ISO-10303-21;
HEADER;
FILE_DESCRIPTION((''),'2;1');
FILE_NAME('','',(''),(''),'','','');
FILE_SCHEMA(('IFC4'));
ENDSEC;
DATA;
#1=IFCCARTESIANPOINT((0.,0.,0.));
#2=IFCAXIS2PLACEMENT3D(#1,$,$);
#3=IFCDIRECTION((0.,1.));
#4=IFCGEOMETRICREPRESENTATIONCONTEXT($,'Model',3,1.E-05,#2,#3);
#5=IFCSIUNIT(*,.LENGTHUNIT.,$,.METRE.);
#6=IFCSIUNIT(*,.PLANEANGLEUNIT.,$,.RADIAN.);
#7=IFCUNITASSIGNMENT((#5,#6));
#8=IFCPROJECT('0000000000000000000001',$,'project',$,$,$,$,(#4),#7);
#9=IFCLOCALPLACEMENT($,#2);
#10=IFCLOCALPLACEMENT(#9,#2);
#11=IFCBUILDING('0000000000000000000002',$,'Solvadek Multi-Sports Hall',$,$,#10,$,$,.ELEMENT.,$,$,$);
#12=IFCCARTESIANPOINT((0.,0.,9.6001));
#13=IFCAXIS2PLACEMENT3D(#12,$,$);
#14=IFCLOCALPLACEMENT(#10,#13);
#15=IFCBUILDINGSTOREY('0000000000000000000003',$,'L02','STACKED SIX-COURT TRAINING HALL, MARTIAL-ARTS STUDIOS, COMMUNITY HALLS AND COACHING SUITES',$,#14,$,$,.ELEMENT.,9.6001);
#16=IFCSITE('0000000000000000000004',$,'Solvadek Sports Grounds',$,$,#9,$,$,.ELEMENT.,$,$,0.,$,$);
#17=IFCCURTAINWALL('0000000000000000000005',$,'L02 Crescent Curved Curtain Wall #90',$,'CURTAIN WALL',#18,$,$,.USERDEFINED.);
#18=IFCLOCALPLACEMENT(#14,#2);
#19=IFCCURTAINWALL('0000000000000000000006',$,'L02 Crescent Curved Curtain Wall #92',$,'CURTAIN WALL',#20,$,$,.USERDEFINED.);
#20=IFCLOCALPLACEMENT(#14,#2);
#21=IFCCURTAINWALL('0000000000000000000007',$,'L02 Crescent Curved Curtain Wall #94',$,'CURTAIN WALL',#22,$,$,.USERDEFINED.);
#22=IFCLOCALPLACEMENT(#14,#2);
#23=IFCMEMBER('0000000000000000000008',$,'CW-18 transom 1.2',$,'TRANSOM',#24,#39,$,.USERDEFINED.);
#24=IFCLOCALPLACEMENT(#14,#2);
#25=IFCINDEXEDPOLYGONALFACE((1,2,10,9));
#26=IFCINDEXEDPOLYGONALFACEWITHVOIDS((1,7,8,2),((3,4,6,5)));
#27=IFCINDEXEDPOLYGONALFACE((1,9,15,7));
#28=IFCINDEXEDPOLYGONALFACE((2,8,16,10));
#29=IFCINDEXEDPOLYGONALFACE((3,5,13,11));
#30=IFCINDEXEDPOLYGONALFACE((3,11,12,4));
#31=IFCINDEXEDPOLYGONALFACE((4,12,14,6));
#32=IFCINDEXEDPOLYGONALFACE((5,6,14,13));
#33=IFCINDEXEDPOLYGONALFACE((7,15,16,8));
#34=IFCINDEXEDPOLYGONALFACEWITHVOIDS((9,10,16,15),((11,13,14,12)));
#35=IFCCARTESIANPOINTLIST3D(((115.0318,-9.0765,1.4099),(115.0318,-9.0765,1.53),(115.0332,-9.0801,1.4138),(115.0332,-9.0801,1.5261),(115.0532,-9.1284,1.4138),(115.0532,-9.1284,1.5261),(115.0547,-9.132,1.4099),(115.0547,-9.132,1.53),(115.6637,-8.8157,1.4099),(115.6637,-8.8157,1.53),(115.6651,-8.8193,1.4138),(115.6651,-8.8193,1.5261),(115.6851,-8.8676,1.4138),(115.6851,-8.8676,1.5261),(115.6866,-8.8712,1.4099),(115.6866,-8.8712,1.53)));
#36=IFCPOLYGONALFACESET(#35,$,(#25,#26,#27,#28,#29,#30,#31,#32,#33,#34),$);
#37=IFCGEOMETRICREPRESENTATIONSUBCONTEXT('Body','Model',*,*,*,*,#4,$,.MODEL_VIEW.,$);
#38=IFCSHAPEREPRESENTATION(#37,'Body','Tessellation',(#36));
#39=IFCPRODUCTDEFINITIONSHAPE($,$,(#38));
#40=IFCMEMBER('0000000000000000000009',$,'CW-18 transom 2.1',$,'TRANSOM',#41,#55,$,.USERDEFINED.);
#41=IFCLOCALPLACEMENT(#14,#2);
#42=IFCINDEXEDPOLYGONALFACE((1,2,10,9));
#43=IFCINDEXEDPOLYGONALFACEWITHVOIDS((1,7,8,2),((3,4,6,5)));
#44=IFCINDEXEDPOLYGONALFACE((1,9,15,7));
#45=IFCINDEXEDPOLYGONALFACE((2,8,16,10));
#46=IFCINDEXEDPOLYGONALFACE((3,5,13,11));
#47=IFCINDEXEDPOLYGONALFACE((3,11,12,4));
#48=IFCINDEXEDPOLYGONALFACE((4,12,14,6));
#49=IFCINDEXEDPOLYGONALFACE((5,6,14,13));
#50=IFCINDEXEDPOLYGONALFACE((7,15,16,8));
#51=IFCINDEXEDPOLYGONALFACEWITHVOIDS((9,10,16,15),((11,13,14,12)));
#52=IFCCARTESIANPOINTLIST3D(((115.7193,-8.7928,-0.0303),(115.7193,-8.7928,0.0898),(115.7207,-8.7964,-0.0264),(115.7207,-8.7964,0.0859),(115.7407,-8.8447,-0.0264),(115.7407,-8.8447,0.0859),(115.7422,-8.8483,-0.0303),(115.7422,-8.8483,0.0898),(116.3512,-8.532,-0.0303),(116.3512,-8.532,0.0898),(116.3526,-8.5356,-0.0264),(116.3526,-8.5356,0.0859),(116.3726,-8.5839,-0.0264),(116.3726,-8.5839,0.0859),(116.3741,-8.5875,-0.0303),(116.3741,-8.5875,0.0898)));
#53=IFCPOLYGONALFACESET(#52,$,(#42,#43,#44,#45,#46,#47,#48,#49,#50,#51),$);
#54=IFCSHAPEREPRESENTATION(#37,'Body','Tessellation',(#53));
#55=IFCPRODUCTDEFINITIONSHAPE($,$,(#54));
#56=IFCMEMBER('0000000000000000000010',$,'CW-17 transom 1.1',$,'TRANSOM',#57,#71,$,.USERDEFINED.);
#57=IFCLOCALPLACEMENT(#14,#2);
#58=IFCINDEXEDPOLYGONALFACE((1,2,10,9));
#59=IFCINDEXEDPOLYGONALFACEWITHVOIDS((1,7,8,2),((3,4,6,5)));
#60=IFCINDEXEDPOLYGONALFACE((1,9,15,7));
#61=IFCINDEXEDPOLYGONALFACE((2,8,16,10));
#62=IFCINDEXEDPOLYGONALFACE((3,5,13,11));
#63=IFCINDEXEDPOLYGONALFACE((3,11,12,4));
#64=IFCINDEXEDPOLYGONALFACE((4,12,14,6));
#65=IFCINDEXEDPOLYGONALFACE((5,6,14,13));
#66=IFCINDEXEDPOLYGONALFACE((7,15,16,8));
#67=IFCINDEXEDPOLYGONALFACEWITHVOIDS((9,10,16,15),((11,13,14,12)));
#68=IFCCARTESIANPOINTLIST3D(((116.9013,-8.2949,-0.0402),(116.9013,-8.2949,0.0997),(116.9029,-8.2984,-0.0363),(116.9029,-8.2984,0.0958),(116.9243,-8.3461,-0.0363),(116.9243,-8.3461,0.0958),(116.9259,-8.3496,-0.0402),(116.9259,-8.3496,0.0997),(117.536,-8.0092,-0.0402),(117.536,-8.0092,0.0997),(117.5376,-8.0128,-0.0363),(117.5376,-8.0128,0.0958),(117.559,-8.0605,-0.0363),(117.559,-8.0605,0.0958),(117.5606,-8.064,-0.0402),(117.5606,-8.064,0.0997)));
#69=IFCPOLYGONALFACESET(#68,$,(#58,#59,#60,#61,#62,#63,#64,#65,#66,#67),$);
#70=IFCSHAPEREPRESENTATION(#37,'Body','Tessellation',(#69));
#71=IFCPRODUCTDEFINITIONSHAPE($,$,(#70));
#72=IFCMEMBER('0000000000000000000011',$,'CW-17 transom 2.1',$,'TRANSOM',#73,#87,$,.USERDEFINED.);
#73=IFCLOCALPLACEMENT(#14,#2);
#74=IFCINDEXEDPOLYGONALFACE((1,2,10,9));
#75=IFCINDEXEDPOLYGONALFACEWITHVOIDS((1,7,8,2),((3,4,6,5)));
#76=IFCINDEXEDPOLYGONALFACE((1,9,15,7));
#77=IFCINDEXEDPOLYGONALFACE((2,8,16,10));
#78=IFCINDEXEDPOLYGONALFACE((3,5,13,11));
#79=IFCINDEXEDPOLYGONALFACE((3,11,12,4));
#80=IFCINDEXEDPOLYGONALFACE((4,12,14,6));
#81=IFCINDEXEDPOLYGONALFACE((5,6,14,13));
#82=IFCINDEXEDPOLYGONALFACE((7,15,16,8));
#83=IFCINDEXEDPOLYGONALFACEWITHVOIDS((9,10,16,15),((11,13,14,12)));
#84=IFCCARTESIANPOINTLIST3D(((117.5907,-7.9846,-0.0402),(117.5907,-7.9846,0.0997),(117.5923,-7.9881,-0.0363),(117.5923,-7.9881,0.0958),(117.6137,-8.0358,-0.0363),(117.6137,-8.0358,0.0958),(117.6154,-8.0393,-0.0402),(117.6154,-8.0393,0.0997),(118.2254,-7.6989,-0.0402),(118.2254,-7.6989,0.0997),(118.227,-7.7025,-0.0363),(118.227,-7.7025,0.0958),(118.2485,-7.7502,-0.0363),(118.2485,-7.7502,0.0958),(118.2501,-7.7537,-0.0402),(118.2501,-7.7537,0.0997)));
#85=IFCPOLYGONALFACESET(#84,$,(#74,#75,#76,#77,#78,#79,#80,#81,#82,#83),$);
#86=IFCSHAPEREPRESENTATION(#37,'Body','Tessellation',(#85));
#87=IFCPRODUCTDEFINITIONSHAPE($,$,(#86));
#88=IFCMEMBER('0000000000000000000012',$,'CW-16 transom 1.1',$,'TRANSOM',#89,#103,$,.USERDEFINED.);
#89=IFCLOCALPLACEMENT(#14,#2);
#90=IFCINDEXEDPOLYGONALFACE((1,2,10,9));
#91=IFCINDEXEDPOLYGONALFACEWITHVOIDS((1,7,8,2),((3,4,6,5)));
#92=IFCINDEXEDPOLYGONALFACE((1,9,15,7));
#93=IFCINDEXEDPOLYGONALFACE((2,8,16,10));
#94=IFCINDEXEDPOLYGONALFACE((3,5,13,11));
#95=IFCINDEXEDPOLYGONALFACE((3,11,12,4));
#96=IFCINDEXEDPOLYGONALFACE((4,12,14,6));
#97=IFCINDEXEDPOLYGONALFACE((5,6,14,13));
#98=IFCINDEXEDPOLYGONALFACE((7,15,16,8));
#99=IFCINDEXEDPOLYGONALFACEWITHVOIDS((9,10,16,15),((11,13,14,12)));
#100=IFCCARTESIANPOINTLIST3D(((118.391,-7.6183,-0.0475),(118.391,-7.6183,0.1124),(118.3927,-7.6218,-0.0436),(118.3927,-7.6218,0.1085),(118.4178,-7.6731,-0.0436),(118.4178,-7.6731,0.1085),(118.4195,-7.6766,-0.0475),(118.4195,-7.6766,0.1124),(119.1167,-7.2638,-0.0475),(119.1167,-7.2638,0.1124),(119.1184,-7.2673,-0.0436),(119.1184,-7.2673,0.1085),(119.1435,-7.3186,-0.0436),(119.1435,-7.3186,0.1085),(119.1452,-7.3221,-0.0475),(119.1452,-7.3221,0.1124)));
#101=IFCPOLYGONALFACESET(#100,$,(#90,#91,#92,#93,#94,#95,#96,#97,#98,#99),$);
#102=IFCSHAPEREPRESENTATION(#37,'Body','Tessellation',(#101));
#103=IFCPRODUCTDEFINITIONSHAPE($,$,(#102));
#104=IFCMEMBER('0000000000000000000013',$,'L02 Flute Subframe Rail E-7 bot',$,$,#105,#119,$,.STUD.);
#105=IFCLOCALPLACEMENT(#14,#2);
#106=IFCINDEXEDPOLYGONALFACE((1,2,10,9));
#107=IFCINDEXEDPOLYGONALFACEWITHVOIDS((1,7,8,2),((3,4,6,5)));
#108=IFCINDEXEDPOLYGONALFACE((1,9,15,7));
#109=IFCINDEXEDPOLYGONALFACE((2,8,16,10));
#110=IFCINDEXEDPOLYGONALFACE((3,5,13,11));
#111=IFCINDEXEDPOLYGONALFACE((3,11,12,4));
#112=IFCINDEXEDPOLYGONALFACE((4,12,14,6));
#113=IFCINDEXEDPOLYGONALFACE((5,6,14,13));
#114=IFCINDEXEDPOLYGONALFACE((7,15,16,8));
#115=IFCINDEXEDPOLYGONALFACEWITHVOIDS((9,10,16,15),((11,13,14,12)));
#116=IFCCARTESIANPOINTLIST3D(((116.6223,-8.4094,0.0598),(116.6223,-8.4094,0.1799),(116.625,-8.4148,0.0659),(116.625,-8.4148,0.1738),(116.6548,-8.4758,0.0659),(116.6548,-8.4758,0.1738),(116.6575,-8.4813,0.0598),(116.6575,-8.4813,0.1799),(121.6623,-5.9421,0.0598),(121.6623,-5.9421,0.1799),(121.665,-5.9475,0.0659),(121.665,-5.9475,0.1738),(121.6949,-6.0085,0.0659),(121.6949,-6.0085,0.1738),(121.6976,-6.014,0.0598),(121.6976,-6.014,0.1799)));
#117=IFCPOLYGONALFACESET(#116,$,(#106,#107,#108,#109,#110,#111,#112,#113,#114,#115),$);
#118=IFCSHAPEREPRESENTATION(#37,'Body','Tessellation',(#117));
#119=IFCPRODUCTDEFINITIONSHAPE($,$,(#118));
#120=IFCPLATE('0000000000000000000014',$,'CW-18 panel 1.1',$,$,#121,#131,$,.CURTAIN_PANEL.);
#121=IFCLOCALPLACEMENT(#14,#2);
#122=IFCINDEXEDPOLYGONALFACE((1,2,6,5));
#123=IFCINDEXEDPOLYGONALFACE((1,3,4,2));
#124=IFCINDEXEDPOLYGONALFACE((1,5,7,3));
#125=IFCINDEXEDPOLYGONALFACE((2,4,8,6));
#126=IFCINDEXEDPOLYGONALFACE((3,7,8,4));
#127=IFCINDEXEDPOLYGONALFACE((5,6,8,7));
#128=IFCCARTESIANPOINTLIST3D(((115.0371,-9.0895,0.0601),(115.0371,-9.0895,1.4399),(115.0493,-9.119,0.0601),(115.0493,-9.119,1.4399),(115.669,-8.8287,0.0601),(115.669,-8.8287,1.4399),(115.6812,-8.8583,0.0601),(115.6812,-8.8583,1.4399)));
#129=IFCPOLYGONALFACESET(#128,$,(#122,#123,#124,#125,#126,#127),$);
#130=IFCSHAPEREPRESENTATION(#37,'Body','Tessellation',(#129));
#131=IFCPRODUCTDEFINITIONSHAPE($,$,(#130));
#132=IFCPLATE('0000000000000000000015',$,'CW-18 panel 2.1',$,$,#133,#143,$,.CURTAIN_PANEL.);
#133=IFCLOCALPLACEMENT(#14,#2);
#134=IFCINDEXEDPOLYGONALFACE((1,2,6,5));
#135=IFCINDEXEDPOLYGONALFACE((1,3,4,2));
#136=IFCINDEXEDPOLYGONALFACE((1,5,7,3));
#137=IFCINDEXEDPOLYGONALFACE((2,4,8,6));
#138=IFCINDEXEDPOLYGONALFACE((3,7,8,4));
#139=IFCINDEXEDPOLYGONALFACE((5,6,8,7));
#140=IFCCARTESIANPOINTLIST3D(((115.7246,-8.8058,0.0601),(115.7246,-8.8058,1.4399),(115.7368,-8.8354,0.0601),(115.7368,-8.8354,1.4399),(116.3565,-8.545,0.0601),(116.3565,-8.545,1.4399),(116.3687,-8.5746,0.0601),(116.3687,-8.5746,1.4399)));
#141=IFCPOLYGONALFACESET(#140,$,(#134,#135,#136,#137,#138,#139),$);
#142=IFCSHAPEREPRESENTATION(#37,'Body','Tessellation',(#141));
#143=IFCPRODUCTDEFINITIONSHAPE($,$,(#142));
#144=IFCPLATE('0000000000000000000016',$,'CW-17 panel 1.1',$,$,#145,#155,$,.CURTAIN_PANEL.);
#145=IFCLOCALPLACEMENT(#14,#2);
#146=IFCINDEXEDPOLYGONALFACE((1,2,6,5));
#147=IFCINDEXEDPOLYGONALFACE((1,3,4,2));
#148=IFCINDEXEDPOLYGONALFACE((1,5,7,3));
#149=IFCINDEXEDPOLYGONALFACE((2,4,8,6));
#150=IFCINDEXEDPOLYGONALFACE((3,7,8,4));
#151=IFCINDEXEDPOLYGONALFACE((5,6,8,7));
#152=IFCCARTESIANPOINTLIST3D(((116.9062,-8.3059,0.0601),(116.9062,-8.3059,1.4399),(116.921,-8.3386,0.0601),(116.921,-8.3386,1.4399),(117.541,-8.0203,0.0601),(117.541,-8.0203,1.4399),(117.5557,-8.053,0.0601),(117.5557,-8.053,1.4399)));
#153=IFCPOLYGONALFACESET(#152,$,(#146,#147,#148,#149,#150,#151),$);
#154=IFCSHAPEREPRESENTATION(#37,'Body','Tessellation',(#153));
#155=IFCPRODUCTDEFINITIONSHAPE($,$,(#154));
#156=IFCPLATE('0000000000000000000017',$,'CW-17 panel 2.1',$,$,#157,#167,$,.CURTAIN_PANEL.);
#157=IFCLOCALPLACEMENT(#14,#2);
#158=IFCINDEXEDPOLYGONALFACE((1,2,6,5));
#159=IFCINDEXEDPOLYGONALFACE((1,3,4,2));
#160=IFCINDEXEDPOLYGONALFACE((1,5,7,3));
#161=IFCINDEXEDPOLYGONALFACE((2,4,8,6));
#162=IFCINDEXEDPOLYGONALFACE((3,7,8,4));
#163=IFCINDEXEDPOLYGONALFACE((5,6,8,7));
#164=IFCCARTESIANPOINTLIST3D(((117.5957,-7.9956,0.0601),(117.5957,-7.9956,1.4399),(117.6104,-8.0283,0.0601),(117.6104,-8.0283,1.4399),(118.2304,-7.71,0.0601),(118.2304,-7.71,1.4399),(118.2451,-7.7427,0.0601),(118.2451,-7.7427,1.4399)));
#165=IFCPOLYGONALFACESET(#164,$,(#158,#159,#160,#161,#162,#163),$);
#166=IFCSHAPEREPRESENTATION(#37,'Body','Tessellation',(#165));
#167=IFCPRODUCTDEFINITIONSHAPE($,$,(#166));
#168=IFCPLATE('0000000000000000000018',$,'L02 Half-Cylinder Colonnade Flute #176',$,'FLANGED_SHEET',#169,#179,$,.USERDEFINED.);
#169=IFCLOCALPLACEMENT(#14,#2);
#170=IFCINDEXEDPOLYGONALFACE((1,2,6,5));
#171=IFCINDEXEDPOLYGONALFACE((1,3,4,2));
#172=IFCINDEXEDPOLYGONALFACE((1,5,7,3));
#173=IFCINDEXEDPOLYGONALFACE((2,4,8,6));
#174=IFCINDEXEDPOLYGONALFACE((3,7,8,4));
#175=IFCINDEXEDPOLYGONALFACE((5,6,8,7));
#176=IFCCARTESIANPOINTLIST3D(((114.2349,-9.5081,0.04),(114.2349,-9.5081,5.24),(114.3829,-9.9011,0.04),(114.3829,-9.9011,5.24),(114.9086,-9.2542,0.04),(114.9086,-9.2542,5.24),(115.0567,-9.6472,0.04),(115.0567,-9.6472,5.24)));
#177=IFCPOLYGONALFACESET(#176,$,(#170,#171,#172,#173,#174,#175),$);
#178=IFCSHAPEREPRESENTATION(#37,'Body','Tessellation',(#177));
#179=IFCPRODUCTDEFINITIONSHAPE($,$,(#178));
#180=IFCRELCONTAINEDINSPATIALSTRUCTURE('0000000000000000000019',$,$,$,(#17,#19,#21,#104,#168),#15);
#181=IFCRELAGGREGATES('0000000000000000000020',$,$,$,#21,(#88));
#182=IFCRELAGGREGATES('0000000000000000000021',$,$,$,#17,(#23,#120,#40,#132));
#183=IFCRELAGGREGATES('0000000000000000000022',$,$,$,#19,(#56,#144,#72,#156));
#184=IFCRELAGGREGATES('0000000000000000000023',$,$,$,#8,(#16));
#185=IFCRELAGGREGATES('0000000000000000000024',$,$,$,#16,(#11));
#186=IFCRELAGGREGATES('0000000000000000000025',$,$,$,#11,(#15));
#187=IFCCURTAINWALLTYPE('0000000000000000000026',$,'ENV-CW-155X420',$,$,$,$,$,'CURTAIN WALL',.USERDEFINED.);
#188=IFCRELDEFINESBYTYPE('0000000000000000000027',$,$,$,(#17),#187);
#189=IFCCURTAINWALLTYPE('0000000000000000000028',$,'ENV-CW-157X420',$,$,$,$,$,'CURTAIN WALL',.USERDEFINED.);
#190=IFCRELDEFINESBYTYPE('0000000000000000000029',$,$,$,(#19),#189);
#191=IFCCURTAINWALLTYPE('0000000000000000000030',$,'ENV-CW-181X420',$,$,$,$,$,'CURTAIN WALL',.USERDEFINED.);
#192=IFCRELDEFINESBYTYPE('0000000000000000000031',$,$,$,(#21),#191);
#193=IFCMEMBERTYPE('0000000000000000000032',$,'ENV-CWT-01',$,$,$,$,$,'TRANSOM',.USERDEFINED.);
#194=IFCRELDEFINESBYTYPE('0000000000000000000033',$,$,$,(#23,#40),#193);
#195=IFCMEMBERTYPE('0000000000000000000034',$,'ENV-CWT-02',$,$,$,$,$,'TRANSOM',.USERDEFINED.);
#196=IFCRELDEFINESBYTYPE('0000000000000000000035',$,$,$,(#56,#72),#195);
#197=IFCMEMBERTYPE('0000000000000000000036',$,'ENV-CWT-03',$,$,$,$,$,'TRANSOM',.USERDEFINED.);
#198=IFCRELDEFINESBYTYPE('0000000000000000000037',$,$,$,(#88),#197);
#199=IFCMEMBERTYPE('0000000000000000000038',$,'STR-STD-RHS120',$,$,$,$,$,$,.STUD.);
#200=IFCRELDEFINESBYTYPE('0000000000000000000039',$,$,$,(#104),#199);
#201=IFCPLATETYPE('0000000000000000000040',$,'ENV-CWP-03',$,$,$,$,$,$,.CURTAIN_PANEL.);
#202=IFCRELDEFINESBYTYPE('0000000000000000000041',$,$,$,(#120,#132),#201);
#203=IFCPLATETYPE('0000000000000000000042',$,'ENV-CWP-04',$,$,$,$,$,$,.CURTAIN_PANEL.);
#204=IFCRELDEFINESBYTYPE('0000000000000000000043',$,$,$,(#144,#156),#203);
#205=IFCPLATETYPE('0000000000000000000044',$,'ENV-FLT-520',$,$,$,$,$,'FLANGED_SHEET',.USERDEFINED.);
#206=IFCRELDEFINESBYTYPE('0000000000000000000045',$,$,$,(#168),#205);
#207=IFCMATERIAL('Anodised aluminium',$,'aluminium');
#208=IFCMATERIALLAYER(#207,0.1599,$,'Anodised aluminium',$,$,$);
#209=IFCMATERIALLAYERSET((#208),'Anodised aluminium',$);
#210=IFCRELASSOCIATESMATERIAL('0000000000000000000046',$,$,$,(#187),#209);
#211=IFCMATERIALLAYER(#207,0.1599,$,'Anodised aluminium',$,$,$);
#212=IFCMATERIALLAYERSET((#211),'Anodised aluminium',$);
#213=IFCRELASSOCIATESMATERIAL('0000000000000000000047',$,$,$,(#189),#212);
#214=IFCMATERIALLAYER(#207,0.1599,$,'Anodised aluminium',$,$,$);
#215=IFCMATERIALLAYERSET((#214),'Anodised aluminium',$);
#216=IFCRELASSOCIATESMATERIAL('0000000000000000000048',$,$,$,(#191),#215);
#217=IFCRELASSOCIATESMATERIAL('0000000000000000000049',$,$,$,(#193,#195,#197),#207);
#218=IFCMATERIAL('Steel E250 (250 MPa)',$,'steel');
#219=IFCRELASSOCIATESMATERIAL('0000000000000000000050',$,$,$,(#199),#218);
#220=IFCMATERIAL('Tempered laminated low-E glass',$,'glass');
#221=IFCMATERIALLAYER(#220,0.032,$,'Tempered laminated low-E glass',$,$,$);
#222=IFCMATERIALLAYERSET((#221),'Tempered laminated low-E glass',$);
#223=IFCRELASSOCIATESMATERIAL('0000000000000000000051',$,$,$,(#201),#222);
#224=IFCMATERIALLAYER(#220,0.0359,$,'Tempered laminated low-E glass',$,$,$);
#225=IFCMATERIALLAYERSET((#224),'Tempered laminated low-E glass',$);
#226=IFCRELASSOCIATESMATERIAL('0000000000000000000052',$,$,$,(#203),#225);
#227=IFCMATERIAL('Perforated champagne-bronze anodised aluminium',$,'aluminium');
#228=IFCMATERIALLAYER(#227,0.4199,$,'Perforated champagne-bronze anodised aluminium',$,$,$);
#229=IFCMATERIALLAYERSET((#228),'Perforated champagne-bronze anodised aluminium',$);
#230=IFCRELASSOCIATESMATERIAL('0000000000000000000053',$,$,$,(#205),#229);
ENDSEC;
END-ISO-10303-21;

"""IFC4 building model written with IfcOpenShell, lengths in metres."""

from ifc_helpers import new_model, si_unit, direction, frame, origin, origin_2d, place, context, subcontext, project, spatial, rectangle, hollow_rectangle, extrude, material, layer, layer_set, material_profile, profile_set, type_object, element, aggregate, save


model = new_model("IFC4")

# Units and contexts
model_context = context("Model", 3, precision=1e-05, world=origin(), true_north=direction((0.0, 1.0)))
body_context = subcontext(model_context, "Body", "Model", "MODEL_VIEW")
ifc_project = project(units=[si_unit("LENGTHUNIT", "METRE"), si_unit("PLANEANGLEUNIT", "RADIAN")], contexts=[model_context])

# Site, building, storey
site_placement = place(None, origin())
site = spatial("IfcSite", under=ifc_project, at=site_placement, Name="Solvadek Sports Grounds", CompositionType="ELEMENT", RefElevation=0.0)
building_placement = place(site_placement, origin())
building = spatial("IfcBuilding", under=site, at=building_placement, Name="Solvadek Multi-Sports Hall", CompositionType="ELEMENT")
storey_placement = place(building_placement, frame((0.0, 0.0, 9.6001)))
storey = spatial("IfcBuildingStorey", under=building, at=storey_placement, Name="L02", Description="STACKED SIX-COURT TRAINING HALL, MARTIAL-ARTS STUDIOS, COMMUNITY HALLS AND COACHING SUITES", CompositionType="ELEMENT", Elevation=9.6001)

# Curtain walls
ifc_material_1 = material(Name="Anodised aluminium", Category="aluminium")
ifc_layer_1 = layer(ifc_material_1, 0.1599, Name="Anodised aluminium")
ifc_layer_set_1 = layer_set([ifc_layer_1], Name="Anodised aluminium")
curtain_wall_type_1 = type_object("IfcCurtainWallType", Name="ENV-CW-155X420", ElementType="CURTAIN WALL", PredefinedType="USERDEFINED", material=ifc_layer_set_1)
curtain_wall_1_placement = place(storey_placement, origin())
curtain_wall_1 = element("IfcCurtainWall", 1, at=curtain_wall_1_placement, inside=storey, type_object=curtain_wall_type_1, Name="L02 Crescent Curved Curtain Wall #90", ObjectType="CURTAIN WALL", PredefinedType="USERDEFINED")
ifc_layer_2 = layer(ifc_material_1, 0.1599, Name="Anodised aluminium")
ifc_layer_set_2 = layer_set([ifc_layer_2], Name="Anodised aluminium")
curtain_wall_type_2 = type_object("IfcCurtainWallType", Name="ENV-CW-157X420", ElementType="CURTAIN WALL", PredefinedType="USERDEFINED", material=ifc_layer_set_2)
curtain_wall_2_placement = place(storey_placement, origin())
curtain_wall_2 = element("IfcCurtainWall", 2, at=curtain_wall_2_placement, inside=storey, type_object=curtain_wall_type_2, Name="L02 Crescent Curved Curtain Wall #92", ObjectType="CURTAIN WALL", PredefinedType="USERDEFINED")

# Curtain wall
ifc_layer_3 = layer(ifc_material_1, 0.1599, Name="Anodised aluminium")
ifc_layer_set_3 = layer_set([ifc_layer_3], Name="Anodised aluminium")
curtain_wall_type_3 = type_object("IfcCurtainWallType", Name="ENV-CW-181X420", ElementType="CURTAIN WALL", PredefinedType="USERDEFINED", material=ifc_layer_set_3)
curtain_wall_3_placement = place(storey_placement, origin())
curtain_wall_3 = element("IfcCurtainWall", 3, at=curtain_wall_3_placement, inside=storey, type_object=curtain_wall_type_3, Name="L02 Crescent Curved Curtain Wall #94", ObjectType="CURTAIN WALL", PredefinedType="USERDEFINED")

# Members
ifc_material_profile_1 = material_profile(ifc_material_1, hollow_rectangle(XDim=0.0601, YDim=0.1201, WallThickness=0.0039, at=origin_2d()), Name="ALU-T 120x60x4")
ifc_profile_set_1 = profile_set([ifc_material_profile_1], Name="Anodised aluminium")
member_type_1 = type_object("IfcMemberType", Name="ENV-CWT-01", ElementType="TRANSOM", PredefinedType="USERDEFINED", material=ifc_profile_set_1)
member_1_placement = place(storey_placement, frame((115.0432, -9.1042, 1.47), z_axis=(0.924382, 0.381468, 0.0), x_axis=(-0.381468, 0.924382, 0.0)))
member_1 = element("IfcMember", 4, at=member_1_placement, type_object=member_type_1, Name="CW-18 transom 1.2", ObjectType="TRANSOM", PredefinedType="USERDEFINED", context=body_context, shape_type="SweptSolid", body=[
    extrude(hollow_rectangle(XDim=0.0601, YDim=0.1201, WallThickness=0.0039, at=origin_2d()), origin(), (0.0, 0.0, 1.0), 0.6836),
])
member_2_placement = place(storey_placement, frame((115.7307, -8.8206, 0.0298), z_axis=(0.924382, 0.381468, 0.0), x_axis=(-0.381468, 0.924382, 0.0)))
member_2 = element("IfcMember", 5, at=member_2_placement, type_object=member_type_1, Name="CW-18 transom 2.1", ObjectType="TRANSOM", PredefinedType="USERDEFINED", context=body_context, shape_type="SweptSolid", body=[
    extrude(hollow_rectangle(XDim=0.0601, YDim=0.1201, WallThickness=0.0039, at=origin_2d()), origin(), (0.0, 0.0, 1.0), 0.6836),
])
ifc_material_profile_2 = material_profile(ifc_material_1, hollow_rectangle(XDim=0.0601, YDim=0.1399, WallThickness=0.0039, at=origin_2d()), Name="ALU-T 140x60x4")
ifc_profile_set_2 = profile_set([ifc_material_profile_2], Name="Anodised aluminium")
member_type_2 = type_object("IfcMemberType", Name="ENV-CWT-02", ElementType="TRANSOM", PredefinedType="USERDEFINED", material=ifc_profile_set_2)
member_3_placement = place(storey_placement, frame((116.9136, -8.3223, 0.0298), z_axis=(0.911922, 0.410365, 0.0), x_axis=(-0.410365, 0.911922, 0.0)))
member_3 = element("IfcMember", 6, at=member_3_placement, type_object=member_type_2, Name="CW-17 transom 1.1", ObjectType="TRANSOM", PredefinedType="USERDEFINED", context=body_context, shape_type="SweptSolid", body=[
    extrude(hollow_rectangle(XDim=0.0601, YDim=0.1399, WallThickness=0.0039, at=origin_2d()), origin(), (0.0, 0.0, 1.0), 0.696),
])
member_4_placement = place(storey_placement, frame((117.603, -8.012, 0.0298), z_axis=(0.911922, 0.410365, 0.0), x_axis=(-0.410365, 0.911922, 0.0)))
member_4 = element("IfcMember", 7, at=member_4_placement, type_object=member_type_2, Name="CW-17 transom 2.1", ObjectType="TRANSOM", PredefinedType="USERDEFINED", context=body_context, shape_type="SweptSolid", body=[
    extrude(hollow_rectangle(XDim=0.0601, YDim=0.1399, WallThickness=0.0039, at=origin_2d()), origin(), (0.0, 0.0, 1.0), 0.696),
])
ifc_material_profile_3 = material_profile(ifc_material_1, hollow_rectangle(XDim=0.0649, YDim=0.1599, WallThickness=0.0039, at=origin_2d()), Name="ALU-T 160x65x4")
ifc_profile_set_3 = profile_set([ifc_material_profile_3], Name="Anodised aluminium")
member_type_3 = type_object("IfcMemberType", Name="ENV-CWT-03", ElementType="TRANSOM", PredefinedType="USERDEFINED", material=ifc_profile_set_3)
member_5_placement = place(storey_placement, frame((118.4053, -7.6475, 0.0325), z_axis=(0.898501, 0.438972, 0.0), x_axis=(-0.438972, 0.898501, 0.0)))
member_5 = element("IfcMember", 8, at=member_5_placement, type_object=member_type_3, Name="CW-16 transom 1.1", ObjectType="TRANSOM", PredefinedType="USERDEFINED", context=body_context, shape_type="SweptSolid", body=[
    extrude(hollow_rectangle(XDim=0.0649, YDim=0.1599, WallThickness=0.0039, at=origin_2d()), origin(), (0.0, 0.0, 1.0), 0.8076),
])
aggregate(curtain_wall_3, [member_5])
ifc_material_2 = material(Name="Steel E250 (250 MPa)", Category="steel")
ifc_material_profile_4 = material_profile(ifc_material_2, hollow_rectangle(XDim=0.0801, YDim=0.1201, WallThickness=0.0061, at=origin_2d()), Name="RHS 120x80x6")
ifc_profile_set_4 = profile_set([ifc_material_profile_4], Name="Steel E250 (250 MPa)")
member_type_4 = type_object("IfcMemberType", Name="STR-STD-RHS120", PredefinedType="STUD", material=ifc_profile_set_4)
member_6_placement = place(storey_placement, frame((116.6399, -8.4453, 0.1199), z_axis=(0.898155, 0.43968, 0.0), x_axis=(-0.43968, 0.898155, 0.0)))
element("IfcMember", 9, at=member_6_placement, inside=storey, type_object=member_type_4, Name="L02 Flute Subframe Rail E-7 bot", PredefinedType="STUD", context=body_context, shape_type="SweptSolid", body=[
    extrude(hollow_rectangle(XDim=0.0801, YDim=0.1201, WallThickness=0.0061, at=origin_2d()), origin(), (0.0, 0.0, 1.0), 5.6116),
])

# Plates
ifc_material_3 = material(Name="Tempered laminated low-E glass", Category="glass")
ifc_layer_4 = layer(ifc_material_3, 0.032, Name="Tempered laminated low-E glass")
ifc_layer_set_4 = layer_set([ifc_layer_4], Name="Tempered laminated low-E glass")
plate_type_1 = type_object("IfcPlateType", Name="ENV-CWP-03", PredefinedType="CURTAIN_PANEL", material=ifc_layer_set_4)
plate_1_placement = place(storey_placement, frame((115.3591, -8.9739, 0.0601), z_axis=(0.0, 0.0, 1.0), x_axis=(0.924379, 0.381475, 0.0)))
plate_1 = element("IfcPlate", 10, at=plate_1_placement, type_object=plate_type_1, Name="CW-18 panel 1.1", PredefinedType="CURTAIN_PANEL", context=body_context, shape_type="SweptSolid", body=[
    extrude(rectangle(XDim=0.6836, YDim=0.032, at=origin_2d()), origin(), (0.0, 0.0, 1.0), 1.3799),
])
plate_2_placement = place(storey_placement, frame((116.0466, -8.6902, 0.0601), z_axis=(0.0, 0.0, 1.0), x_axis=(0.924379, 0.381475, 0.0)))
plate_2 = element("IfcPlate", 11, at=plate_2_placement, type_object=plate_type_1, Name="CW-18 panel 2.1", PredefinedType="CURTAIN_PANEL", context=body_context, shape_type="SweptSolid", body=[
    extrude(rectangle(XDim=0.6836, YDim=0.032, at=origin_2d()), origin(), (0.0, 0.0, 1.0), 1.3799),
])
aggregate(curtain_wall_1, [member_1, plate_1, member_2, plate_2])
ifc_layer_5 = layer(ifc_material_3, 0.0359, Name="Tempered laminated low-E glass")
ifc_layer_set_5 = layer_set([ifc_layer_5], Name="Tempered laminated low-E glass")
plate_type_2 = type_object("IfcPlateType", Name="ENV-CWP-04", PredefinedType="CURTAIN_PANEL", material=ifc_layer_set_5)
plate_3_placement = place(storey_placement, frame((117.231, -8.1794, 0.0601), z_axis=(0.0, 0.0, 1.0), x_axis=(0.911913, 0.410383, 0.0)))
plate_3 = element("IfcPlate", 12, at=plate_3_placement, type_object=plate_type_2, Name="CW-17 panel 1.1", PredefinedType="CURTAIN_PANEL", context=body_context, shape_type="SweptSolid", body=[
    extrude(rectangle(XDim=0.696, YDim=0.0359, at=origin_2d()), origin(), (0.0, 0.0, 1.0), 1.3799),
])
plate_4_placement = place(storey_placement, frame((117.9204, -7.8691, 0.0601), z_axis=(0.0, 0.0, 1.0), x_axis=(0.911913, 0.410383, 0.0)))
plate_4 = element("IfcPlate", 13, at=plate_4_placement, type_object=plate_type_2, Name="CW-17 panel 2.1", PredefinedType="CURTAIN_PANEL", context=body_context, shape_type="SweptSolid", body=[
    extrude(rectangle(XDim=0.696, YDim=0.0359, at=origin_2d()), origin(), (0.0, 0.0, 1.0), 1.3799),
])
aggregate(curtain_wall_2, [member_3, plate_3, member_4, plate_4])

# Plate
ifc_material_4 = material(Name="Perforated champagne-bronze anodised aluminium", Category="aluminium")
ifc_layer_6 = layer(ifc_material_4, 0.4199, Name="Perforated champagne-bronze anodised aluminium")
ifc_layer_set_6 = layer_set([ifc_layer_6], Name="Perforated champagne-bronze anodised aluminium")
plate_type_3 = type_object("IfcPlateType", Name="ENV-FLT-520", ElementType="FLANGED_SHEET", PredefinedType="USERDEFINED", material=ifc_layer_set_6)
for number, where, z_axis, x_axis, name in (
    (14, (114.6458, -9.5776, 0.04), (0.0, 0.0, 1.0), (0.93576, 0.352637, 0.0), "L02 Half-Cylinder Colonnade Flute #176"),
):
    element("IfcPlate", number, at=place(storey_placement, frame(where, z_axis=z_axis, x_axis=x_axis)), inside=storey, type_object=plate_type_3, Name=name, ObjectType="FLANGED_SHEET", PredefinedType="USERDEFINED", context=body_context, shape_type="SweptSolid", body=[
        extrude(rectangle(XDim=0.72, YDim=0.4199, at=origin_2d()), origin(), (0.0, 0.0, 1.0), 5.2),
    ])

save(model, "model.ifc")
